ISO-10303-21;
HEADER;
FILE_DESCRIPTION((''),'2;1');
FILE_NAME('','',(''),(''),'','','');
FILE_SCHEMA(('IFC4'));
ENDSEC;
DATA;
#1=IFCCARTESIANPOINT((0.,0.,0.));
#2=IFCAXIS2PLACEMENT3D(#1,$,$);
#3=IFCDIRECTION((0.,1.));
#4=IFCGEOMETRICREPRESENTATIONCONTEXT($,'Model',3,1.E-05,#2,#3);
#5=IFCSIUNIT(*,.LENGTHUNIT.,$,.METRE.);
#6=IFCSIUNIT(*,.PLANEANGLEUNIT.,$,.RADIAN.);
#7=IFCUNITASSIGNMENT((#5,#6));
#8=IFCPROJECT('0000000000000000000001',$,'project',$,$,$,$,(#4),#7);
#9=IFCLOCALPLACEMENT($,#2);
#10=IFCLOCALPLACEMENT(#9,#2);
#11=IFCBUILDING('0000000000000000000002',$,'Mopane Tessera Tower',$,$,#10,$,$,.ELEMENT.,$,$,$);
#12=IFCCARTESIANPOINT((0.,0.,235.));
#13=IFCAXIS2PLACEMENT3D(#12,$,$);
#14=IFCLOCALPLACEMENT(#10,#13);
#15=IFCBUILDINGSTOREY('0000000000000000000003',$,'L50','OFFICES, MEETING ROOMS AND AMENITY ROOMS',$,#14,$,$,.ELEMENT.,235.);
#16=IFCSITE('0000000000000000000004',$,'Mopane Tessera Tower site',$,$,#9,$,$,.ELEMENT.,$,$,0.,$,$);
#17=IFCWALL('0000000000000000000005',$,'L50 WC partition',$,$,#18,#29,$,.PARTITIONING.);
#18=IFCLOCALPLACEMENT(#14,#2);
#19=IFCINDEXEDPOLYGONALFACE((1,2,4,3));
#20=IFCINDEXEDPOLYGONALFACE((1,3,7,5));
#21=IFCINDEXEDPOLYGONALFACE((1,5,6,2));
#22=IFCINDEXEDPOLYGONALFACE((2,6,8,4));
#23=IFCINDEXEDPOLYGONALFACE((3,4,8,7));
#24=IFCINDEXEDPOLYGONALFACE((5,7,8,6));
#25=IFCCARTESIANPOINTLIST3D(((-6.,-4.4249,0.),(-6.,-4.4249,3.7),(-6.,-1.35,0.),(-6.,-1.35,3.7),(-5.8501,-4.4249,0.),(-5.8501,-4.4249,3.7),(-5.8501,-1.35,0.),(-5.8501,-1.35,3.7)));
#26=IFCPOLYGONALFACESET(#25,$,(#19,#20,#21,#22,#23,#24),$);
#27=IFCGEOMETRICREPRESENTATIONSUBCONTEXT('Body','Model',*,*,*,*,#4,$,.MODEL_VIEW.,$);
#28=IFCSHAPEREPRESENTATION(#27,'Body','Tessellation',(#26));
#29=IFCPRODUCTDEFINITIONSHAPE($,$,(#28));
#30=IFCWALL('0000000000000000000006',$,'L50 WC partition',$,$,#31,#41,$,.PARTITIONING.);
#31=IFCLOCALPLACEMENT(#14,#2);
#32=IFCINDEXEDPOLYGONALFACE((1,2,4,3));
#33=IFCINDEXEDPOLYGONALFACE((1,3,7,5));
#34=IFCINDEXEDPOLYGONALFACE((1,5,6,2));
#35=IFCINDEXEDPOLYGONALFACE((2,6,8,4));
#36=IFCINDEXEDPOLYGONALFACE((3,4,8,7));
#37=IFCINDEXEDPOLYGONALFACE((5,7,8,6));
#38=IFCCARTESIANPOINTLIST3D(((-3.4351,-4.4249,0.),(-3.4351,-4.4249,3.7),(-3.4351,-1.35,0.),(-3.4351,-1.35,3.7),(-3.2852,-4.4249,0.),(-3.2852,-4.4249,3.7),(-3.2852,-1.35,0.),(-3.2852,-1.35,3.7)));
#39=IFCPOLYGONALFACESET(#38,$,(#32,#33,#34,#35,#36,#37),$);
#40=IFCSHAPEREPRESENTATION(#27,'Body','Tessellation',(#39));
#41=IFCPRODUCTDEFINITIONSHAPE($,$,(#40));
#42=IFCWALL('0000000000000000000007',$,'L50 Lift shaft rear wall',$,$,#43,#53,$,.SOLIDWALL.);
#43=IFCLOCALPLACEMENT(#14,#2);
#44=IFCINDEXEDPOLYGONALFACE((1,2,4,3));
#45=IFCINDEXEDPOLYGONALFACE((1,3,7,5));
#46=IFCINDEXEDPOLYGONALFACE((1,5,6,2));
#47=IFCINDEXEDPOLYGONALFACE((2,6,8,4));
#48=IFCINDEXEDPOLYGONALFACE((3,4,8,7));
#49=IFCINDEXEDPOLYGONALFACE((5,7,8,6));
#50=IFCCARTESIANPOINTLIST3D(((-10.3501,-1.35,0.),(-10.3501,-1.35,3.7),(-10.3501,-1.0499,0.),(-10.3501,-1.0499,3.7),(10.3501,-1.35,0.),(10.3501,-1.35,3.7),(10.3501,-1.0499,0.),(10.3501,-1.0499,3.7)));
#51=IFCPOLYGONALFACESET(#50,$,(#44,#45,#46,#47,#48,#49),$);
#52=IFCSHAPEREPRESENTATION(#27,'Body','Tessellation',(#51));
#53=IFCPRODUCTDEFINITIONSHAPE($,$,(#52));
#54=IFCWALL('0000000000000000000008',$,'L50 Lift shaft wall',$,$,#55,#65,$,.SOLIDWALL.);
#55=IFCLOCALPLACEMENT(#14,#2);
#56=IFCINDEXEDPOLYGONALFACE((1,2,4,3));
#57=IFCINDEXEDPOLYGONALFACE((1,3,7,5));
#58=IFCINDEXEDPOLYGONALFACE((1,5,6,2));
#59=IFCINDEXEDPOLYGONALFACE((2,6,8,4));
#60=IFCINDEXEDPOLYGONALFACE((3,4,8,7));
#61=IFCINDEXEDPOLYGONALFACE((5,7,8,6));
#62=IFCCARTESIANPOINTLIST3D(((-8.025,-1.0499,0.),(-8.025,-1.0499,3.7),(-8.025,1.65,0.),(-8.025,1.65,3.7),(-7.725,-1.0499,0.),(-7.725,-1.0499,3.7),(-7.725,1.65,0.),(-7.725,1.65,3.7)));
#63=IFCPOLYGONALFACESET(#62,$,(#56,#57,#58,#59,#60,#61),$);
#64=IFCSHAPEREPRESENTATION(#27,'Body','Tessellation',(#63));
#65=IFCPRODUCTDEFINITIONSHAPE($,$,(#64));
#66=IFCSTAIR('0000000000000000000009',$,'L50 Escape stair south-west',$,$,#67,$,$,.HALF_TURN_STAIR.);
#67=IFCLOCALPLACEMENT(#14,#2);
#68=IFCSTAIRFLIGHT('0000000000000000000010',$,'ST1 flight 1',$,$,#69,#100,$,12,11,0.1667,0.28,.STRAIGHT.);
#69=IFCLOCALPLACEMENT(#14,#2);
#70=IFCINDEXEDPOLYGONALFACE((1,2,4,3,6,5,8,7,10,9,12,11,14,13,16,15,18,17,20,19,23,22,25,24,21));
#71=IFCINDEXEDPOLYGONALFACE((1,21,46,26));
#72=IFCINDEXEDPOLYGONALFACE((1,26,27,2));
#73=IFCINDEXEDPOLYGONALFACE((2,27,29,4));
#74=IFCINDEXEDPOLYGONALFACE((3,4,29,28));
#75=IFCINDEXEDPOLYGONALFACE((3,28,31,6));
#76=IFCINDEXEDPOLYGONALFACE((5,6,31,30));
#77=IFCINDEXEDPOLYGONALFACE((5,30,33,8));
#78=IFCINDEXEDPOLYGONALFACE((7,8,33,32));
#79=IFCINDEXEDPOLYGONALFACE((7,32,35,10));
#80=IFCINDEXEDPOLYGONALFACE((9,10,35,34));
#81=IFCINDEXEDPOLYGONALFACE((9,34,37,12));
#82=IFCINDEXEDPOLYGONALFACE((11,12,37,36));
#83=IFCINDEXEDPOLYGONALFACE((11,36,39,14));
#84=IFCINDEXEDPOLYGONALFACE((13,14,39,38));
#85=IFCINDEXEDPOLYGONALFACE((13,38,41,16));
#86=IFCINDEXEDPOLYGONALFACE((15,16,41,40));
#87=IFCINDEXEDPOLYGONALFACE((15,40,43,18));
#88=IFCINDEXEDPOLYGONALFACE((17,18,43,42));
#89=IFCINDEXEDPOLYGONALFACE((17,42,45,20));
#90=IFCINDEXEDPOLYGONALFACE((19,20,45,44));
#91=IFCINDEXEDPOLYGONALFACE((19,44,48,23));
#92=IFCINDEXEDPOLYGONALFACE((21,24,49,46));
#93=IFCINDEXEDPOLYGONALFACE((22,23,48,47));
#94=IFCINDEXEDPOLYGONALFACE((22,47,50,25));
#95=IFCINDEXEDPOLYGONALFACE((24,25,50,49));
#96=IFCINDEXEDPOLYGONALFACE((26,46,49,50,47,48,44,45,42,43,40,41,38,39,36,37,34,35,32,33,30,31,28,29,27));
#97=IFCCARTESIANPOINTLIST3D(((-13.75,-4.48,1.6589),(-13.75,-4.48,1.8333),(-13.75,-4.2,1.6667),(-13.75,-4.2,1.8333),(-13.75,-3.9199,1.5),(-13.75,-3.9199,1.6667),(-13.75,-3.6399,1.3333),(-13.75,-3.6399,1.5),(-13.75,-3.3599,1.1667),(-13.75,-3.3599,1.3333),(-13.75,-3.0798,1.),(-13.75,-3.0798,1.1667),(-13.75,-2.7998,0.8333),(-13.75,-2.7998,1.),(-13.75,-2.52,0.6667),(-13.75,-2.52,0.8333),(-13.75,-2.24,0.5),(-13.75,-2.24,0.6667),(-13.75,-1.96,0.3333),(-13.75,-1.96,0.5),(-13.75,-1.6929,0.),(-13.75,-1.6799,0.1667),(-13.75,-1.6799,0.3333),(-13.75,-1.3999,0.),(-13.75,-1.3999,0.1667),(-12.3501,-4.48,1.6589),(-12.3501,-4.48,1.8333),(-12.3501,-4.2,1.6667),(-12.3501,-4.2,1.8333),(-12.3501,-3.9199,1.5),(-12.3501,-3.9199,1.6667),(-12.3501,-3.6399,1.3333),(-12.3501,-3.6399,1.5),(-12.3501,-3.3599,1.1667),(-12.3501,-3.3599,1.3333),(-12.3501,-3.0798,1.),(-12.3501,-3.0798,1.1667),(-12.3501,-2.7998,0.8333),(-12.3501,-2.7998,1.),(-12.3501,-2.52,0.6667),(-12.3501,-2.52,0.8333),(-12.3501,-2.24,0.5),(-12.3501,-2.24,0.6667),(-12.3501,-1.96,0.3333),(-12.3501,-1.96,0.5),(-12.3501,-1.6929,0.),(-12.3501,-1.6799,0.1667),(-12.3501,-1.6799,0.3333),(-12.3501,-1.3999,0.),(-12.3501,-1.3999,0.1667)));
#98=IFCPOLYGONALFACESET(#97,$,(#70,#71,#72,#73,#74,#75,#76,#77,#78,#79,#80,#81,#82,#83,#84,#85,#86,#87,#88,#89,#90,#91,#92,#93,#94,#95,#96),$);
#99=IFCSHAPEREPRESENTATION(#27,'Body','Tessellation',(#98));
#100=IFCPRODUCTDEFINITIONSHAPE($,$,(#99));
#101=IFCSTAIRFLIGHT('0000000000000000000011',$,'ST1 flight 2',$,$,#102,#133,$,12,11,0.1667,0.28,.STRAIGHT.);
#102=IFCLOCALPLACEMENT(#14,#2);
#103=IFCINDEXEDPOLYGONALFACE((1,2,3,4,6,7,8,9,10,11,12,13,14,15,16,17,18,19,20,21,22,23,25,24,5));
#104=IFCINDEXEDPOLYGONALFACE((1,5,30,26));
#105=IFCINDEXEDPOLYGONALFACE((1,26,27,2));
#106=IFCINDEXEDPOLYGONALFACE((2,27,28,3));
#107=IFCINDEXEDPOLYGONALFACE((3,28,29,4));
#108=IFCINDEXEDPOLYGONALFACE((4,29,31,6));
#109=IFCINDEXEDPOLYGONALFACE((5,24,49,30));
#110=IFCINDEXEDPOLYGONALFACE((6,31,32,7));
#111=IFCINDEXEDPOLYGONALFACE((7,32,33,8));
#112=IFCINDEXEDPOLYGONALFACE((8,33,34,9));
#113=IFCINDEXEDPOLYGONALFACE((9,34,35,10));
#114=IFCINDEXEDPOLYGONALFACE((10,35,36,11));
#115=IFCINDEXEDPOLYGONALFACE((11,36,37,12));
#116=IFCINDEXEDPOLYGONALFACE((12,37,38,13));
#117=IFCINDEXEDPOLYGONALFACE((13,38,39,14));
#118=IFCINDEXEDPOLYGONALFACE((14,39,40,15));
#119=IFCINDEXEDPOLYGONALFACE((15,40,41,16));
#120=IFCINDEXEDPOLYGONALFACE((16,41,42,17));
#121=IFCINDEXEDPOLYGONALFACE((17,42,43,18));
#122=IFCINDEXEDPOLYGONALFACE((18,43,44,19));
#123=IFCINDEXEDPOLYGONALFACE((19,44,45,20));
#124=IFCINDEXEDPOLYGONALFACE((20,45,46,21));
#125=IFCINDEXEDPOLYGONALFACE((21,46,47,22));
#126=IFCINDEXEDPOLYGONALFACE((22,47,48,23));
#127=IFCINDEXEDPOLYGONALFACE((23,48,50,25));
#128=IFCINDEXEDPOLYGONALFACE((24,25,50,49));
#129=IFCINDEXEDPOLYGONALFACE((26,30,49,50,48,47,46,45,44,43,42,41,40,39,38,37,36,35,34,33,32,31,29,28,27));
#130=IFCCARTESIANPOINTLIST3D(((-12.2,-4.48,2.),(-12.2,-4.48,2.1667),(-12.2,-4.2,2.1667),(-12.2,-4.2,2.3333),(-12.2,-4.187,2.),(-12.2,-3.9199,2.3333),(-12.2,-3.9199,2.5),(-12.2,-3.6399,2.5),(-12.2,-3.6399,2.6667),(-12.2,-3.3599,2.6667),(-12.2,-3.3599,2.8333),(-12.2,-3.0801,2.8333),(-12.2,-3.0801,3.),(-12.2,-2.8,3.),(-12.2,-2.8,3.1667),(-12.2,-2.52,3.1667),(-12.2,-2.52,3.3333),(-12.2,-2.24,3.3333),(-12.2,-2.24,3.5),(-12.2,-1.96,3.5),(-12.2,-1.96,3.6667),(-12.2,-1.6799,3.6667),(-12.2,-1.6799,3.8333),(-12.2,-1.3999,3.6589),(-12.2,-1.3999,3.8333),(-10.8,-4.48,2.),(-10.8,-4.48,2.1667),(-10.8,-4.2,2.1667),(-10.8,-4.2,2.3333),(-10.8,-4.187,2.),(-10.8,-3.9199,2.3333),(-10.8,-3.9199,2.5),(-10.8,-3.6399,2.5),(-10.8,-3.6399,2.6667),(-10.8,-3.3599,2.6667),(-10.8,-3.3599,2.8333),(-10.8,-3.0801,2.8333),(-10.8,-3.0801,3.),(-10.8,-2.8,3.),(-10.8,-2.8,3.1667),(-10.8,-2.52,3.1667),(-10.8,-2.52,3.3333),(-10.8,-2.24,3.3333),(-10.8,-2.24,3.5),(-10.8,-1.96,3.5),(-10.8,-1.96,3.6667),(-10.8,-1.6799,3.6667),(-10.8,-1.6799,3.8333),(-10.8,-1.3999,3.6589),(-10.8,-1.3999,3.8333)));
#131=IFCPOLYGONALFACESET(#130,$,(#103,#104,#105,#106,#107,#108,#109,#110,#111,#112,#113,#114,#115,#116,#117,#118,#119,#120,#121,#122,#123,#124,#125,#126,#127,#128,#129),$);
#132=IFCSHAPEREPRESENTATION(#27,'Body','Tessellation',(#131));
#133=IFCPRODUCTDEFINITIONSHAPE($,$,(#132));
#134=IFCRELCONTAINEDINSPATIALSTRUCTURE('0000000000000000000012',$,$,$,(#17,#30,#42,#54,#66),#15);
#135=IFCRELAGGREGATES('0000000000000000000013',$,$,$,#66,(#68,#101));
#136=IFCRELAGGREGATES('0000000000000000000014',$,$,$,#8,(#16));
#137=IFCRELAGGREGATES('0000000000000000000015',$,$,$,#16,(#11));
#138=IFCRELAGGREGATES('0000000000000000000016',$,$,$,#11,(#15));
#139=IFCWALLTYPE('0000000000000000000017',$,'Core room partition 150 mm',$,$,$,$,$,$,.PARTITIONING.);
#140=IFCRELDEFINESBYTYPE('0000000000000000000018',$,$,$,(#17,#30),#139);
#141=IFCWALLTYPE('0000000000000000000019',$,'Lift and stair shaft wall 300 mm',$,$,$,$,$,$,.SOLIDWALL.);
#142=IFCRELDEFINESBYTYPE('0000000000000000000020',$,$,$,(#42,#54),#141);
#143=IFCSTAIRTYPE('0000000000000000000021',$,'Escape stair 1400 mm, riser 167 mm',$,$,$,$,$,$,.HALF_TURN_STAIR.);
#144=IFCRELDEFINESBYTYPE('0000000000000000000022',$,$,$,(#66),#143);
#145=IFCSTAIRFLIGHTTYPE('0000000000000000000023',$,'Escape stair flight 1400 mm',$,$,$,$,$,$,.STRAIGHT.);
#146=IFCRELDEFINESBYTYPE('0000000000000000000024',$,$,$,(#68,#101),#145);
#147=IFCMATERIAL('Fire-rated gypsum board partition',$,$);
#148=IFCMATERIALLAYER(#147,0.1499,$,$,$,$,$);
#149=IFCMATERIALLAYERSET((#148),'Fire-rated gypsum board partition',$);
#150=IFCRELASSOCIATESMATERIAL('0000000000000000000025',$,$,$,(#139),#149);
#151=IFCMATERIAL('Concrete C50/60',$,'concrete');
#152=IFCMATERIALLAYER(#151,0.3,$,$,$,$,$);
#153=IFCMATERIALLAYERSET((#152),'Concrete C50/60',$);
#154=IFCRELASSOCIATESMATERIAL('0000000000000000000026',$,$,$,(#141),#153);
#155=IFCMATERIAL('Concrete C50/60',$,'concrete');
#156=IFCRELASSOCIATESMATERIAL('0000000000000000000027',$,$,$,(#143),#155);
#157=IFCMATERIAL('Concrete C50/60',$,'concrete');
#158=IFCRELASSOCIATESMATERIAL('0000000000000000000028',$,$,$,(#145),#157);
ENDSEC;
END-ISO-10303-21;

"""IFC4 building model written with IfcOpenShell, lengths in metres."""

from ifc_helpers import new_model, si_unit, direction, frame, frame_2d, origin, place, context, subcontext, project, spatial, polyline, rectangle, outline, extrude, material, layer, layer_set, type_object, element, aggregate, save


model = new_model("IFC4")

# Units and contexts
model_context = context("Model", 3, precision=1e-05, world=origin(), true_north=direction((0.0, 1.0)))
body_context = subcontext(model_context, "Body", "Model", "MODEL_VIEW")
ifc_project = project(units=[si_unit("LENGTHUNIT", "METRE"), si_unit("PLANEANGLEUNIT", "RADIAN")], contexts=[model_context])

# Site, building, storey
site_placement = place(None, origin())
site = spatial("IfcSite", under=ifc_project, at=site_placement, Name="Mopane Tessera Tower site", CompositionType="ELEMENT", RefElevation=0.0)
building_placement = place(site_placement, origin())
building = spatial("IfcBuilding", under=site, at=building_placement, Name="Mopane Tessera Tower", CompositionType="ELEMENT")
storey_placement = place(building_placement, frame((0.0, 0.0, 235.0)))
storey = spatial("IfcBuildingStorey", under=building, at=storey_placement, Name="L50", Description="OFFICES, MEETING ROOMS AND AMENITY ROOMS", CompositionType="ELEMENT", Elevation=235.0)

# Walls
ifc_material_1 = material(Name="Fire-rated gypsum board partition")
ifc_layer_1 = layer(ifc_material_1, 0.1499)
ifc_layer_set_1 = layer_set([ifc_layer_1], Name="Fire-rated gypsum board partition")
wall_type_1 = type_object("IfcWallType", Name="Core room partition 150 mm", PredefinedType="PARTITIONING", material=ifc_layer_set_1)
for number, where, z_axis, x_axis, name in (
    (1, (-5.925, -4.425, 0.0), (0.0, 0.0, 1.0), (0.0, 1.0, 0.0), "L50 WC partition"),
    (2, (-3.3601, -4.425, 0.0), (0.0, 0.0, 1.0), (0.0, 1.0, 0.0), "L50 WC partition"),
):
    element("IfcWall", number, at=place(storey_placement, frame(where, z_axis=z_axis, x_axis=x_axis)), inside=storey, type_object=wall_type_1, Name=name, PredefinedType="PARTITIONING", context=body_context, shape_type="SweptSolid", body=[
        extrude(rectangle(XDim=3.075, YDim=0.1499, at=frame_2d((1.5376, 0.0))), origin(), (0.0, 0.0, 1.0), 3.7),
    ])
ifc_material_2 = material(Name="Concrete C50/60", Category="concrete")
ifc_layer_2 = layer(ifc_material_2, 0.3)
ifc_layer_set_2 = layer_set([ifc_layer_2], Name="Concrete C50/60")
wall_type_2 = type_object("IfcWallType", Name="Lift and stair shaft wall 300 mm", PredefinedType="SOLIDWALL", material=ifc_layer_set_2)
wall_1_placement = place(storey_placement, frame((-10.3501, -1.2, 0.0), z_axis=(0.0, 0.0, 1.0), x_axis=(1.0, 0.0, 0.0)))
element("IfcWall", 3, at=wall_1_placement, inside=storey, type_object=wall_type_2, Name="L50 Lift shaft rear wall", PredefinedType="SOLIDWALL", context=body_context, shape_type="SweptSolid", body=[
    extrude(rectangle(XDim=20.7002, YDim=0.3, at=frame_2d((10.3501, 0.0))), origin(), (0.0, 0.0, 1.0), 3.7),
])
wall_2_placement = place(storey_placement, frame((-7.875, -1.05, 0.0), z_axis=(0.0, 0.0, 1.0), x_axis=(0.0, 1.0, 0.0)))
element("IfcWall", 4, at=wall_2_placement, inside=storey, type_object=wall_type_2, Name="L50 Lift shaft wall", PredefinedType="SOLIDWALL", context=body_context, shape_type="SweptSolid", body=[
    extrude(rectangle(XDim=2.7, YDim=0.3, at=frame_2d((1.3501, 0.0))), origin(), (0.0, 0.0, 1.0), 3.7),
])

# Stair, stair flights
ifc_material_3 = material(Name="Concrete C50/60", Category="concrete")
stair_type = type_object("IfcStairType", Name="Escape stair 1400 mm, riser 167 mm", PredefinedType="HALF_TURN_STAIR", material=ifc_material_3)
stair_placement = place(storey_placement, origin())
stair = element("IfcStair", 5, at=stair_placement, inside=storey, type_object=stair_type, Name="L50 Escape stair south-west", PredefinedType="HALF_TURN_STAIR")
ifc_material_4 = material(Name="Concrete C50/60", Category="concrete")
stair_flight_type = type_object("IfcStairFlightType", Name="Escape stair flight 1400 mm", PredefinedType="STRAIGHT", material=ifc_material_4)
stair_flight_1_placement = place(storey_placement, frame((-13.05, -1.3999, 0.0), z_axis=(0.0, 0.0, 1.0), x_axis=(0.0, -1.0, 0.0)))
stair_flight_1 = element("IfcStairFlight", 6, at=stair_flight_1_placement, type_object=stair_flight_type, Name="ST1 flight 1", NumberOfRisers=12, NumberOfTreads=11, PredefinedType="STRAIGHT", RiserHeight=0.1667, TreadLength=0.28, context=body_context, shape_type="SweptSolid", body=[
    extrude(outline(polyline([(0.0, 0.0), (0.0, 0.1667), (0.28, 0.1667), (0.28, 0.3333), (0.5601, 0.3333), (0.5601, 0.5), (0.8401, 0.5), (0.8401, 0.6667), (1.1201, 0.6667), (1.1201, 0.8333), (1.3999, 0.8333), (1.3999, 1.0), (1.6799, 1.0), (1.6799, 1.1667), (1.96, 1.1667), (1.96, 1.3333), (2.24, 1.3333), (2.24, 1.5), (2.52, 1.5), (2.52, 1.6667), (2.8, 1.6667), (2.8, 1.8333), (3.0801, 1.8333), (3.0801, 2.0), (3.0801, 1.6589), (0.293, 0.0), (0.0, 0.0)])), frame((0.0, 0.7, 0.0), z_axis=(0.0, -1.0, 0.0), x_axis=(1.0, 0.0, 0.0)), (0.0, 0.0, 1.0), 1.3999),
])
stair_flight_2_placement = place(storey_placement, frame((-11.5, -4.48, 2.0), z_axis=(0.0, 0.0, 1.0), x_axis=(0.0, 1.0, 0.0)))
stair_flight_2 = element("IfcStairFlight", 7, at=stair_flight_2_placement, type_object=stair_flight_type, Name="ST1 flight 2", NumberOfRisers=12, NumberOfTreads=11, PredefinedType="STRAIGHT", RiserHeight=0.1667, TreadLength=0.28, context=body_context, shape_type="SweptSolid", body=[
    extrude(outline(polyline([(0.0, 0.0), (0.0, 0.1667), (0.28, 0.1667), (0.28, 0.3333), (0.5601, 0.3333), (0.5601, 0.5), (0.8401, 0.5), (0.8401, 0.6667), (1.1201, 0.6667), (1.1201, 0.8333), (1.3999, 0.8333), (1.3999, 1.0), (1.6799, 1.0), (1.6799, 1.1667), (1.96, 1.1667), (1.96, 1.3333), (2.24, 1.3333), (2.24, 1.5), (2.52, 1.5), (2.52, 1.6667), (2.8, 1.6667), (2.8, 1.8333), (3.0801, 1.8333), (3.0801, 2.0), (3.0801, 1.6589), (0.293, 0.0), (0.0, 0.0)])), frame((0.0, 0.7, 0.0), z_axis=(0.0, -1.0, 0.0), x_axis=(1.0, 0.0, 0.0)), (0.0, 0.0, 1.0), 1.3999),
])
aggregate(stair, [stair_flight_1, stair_flight_2])

save(model, "model.ifc")
